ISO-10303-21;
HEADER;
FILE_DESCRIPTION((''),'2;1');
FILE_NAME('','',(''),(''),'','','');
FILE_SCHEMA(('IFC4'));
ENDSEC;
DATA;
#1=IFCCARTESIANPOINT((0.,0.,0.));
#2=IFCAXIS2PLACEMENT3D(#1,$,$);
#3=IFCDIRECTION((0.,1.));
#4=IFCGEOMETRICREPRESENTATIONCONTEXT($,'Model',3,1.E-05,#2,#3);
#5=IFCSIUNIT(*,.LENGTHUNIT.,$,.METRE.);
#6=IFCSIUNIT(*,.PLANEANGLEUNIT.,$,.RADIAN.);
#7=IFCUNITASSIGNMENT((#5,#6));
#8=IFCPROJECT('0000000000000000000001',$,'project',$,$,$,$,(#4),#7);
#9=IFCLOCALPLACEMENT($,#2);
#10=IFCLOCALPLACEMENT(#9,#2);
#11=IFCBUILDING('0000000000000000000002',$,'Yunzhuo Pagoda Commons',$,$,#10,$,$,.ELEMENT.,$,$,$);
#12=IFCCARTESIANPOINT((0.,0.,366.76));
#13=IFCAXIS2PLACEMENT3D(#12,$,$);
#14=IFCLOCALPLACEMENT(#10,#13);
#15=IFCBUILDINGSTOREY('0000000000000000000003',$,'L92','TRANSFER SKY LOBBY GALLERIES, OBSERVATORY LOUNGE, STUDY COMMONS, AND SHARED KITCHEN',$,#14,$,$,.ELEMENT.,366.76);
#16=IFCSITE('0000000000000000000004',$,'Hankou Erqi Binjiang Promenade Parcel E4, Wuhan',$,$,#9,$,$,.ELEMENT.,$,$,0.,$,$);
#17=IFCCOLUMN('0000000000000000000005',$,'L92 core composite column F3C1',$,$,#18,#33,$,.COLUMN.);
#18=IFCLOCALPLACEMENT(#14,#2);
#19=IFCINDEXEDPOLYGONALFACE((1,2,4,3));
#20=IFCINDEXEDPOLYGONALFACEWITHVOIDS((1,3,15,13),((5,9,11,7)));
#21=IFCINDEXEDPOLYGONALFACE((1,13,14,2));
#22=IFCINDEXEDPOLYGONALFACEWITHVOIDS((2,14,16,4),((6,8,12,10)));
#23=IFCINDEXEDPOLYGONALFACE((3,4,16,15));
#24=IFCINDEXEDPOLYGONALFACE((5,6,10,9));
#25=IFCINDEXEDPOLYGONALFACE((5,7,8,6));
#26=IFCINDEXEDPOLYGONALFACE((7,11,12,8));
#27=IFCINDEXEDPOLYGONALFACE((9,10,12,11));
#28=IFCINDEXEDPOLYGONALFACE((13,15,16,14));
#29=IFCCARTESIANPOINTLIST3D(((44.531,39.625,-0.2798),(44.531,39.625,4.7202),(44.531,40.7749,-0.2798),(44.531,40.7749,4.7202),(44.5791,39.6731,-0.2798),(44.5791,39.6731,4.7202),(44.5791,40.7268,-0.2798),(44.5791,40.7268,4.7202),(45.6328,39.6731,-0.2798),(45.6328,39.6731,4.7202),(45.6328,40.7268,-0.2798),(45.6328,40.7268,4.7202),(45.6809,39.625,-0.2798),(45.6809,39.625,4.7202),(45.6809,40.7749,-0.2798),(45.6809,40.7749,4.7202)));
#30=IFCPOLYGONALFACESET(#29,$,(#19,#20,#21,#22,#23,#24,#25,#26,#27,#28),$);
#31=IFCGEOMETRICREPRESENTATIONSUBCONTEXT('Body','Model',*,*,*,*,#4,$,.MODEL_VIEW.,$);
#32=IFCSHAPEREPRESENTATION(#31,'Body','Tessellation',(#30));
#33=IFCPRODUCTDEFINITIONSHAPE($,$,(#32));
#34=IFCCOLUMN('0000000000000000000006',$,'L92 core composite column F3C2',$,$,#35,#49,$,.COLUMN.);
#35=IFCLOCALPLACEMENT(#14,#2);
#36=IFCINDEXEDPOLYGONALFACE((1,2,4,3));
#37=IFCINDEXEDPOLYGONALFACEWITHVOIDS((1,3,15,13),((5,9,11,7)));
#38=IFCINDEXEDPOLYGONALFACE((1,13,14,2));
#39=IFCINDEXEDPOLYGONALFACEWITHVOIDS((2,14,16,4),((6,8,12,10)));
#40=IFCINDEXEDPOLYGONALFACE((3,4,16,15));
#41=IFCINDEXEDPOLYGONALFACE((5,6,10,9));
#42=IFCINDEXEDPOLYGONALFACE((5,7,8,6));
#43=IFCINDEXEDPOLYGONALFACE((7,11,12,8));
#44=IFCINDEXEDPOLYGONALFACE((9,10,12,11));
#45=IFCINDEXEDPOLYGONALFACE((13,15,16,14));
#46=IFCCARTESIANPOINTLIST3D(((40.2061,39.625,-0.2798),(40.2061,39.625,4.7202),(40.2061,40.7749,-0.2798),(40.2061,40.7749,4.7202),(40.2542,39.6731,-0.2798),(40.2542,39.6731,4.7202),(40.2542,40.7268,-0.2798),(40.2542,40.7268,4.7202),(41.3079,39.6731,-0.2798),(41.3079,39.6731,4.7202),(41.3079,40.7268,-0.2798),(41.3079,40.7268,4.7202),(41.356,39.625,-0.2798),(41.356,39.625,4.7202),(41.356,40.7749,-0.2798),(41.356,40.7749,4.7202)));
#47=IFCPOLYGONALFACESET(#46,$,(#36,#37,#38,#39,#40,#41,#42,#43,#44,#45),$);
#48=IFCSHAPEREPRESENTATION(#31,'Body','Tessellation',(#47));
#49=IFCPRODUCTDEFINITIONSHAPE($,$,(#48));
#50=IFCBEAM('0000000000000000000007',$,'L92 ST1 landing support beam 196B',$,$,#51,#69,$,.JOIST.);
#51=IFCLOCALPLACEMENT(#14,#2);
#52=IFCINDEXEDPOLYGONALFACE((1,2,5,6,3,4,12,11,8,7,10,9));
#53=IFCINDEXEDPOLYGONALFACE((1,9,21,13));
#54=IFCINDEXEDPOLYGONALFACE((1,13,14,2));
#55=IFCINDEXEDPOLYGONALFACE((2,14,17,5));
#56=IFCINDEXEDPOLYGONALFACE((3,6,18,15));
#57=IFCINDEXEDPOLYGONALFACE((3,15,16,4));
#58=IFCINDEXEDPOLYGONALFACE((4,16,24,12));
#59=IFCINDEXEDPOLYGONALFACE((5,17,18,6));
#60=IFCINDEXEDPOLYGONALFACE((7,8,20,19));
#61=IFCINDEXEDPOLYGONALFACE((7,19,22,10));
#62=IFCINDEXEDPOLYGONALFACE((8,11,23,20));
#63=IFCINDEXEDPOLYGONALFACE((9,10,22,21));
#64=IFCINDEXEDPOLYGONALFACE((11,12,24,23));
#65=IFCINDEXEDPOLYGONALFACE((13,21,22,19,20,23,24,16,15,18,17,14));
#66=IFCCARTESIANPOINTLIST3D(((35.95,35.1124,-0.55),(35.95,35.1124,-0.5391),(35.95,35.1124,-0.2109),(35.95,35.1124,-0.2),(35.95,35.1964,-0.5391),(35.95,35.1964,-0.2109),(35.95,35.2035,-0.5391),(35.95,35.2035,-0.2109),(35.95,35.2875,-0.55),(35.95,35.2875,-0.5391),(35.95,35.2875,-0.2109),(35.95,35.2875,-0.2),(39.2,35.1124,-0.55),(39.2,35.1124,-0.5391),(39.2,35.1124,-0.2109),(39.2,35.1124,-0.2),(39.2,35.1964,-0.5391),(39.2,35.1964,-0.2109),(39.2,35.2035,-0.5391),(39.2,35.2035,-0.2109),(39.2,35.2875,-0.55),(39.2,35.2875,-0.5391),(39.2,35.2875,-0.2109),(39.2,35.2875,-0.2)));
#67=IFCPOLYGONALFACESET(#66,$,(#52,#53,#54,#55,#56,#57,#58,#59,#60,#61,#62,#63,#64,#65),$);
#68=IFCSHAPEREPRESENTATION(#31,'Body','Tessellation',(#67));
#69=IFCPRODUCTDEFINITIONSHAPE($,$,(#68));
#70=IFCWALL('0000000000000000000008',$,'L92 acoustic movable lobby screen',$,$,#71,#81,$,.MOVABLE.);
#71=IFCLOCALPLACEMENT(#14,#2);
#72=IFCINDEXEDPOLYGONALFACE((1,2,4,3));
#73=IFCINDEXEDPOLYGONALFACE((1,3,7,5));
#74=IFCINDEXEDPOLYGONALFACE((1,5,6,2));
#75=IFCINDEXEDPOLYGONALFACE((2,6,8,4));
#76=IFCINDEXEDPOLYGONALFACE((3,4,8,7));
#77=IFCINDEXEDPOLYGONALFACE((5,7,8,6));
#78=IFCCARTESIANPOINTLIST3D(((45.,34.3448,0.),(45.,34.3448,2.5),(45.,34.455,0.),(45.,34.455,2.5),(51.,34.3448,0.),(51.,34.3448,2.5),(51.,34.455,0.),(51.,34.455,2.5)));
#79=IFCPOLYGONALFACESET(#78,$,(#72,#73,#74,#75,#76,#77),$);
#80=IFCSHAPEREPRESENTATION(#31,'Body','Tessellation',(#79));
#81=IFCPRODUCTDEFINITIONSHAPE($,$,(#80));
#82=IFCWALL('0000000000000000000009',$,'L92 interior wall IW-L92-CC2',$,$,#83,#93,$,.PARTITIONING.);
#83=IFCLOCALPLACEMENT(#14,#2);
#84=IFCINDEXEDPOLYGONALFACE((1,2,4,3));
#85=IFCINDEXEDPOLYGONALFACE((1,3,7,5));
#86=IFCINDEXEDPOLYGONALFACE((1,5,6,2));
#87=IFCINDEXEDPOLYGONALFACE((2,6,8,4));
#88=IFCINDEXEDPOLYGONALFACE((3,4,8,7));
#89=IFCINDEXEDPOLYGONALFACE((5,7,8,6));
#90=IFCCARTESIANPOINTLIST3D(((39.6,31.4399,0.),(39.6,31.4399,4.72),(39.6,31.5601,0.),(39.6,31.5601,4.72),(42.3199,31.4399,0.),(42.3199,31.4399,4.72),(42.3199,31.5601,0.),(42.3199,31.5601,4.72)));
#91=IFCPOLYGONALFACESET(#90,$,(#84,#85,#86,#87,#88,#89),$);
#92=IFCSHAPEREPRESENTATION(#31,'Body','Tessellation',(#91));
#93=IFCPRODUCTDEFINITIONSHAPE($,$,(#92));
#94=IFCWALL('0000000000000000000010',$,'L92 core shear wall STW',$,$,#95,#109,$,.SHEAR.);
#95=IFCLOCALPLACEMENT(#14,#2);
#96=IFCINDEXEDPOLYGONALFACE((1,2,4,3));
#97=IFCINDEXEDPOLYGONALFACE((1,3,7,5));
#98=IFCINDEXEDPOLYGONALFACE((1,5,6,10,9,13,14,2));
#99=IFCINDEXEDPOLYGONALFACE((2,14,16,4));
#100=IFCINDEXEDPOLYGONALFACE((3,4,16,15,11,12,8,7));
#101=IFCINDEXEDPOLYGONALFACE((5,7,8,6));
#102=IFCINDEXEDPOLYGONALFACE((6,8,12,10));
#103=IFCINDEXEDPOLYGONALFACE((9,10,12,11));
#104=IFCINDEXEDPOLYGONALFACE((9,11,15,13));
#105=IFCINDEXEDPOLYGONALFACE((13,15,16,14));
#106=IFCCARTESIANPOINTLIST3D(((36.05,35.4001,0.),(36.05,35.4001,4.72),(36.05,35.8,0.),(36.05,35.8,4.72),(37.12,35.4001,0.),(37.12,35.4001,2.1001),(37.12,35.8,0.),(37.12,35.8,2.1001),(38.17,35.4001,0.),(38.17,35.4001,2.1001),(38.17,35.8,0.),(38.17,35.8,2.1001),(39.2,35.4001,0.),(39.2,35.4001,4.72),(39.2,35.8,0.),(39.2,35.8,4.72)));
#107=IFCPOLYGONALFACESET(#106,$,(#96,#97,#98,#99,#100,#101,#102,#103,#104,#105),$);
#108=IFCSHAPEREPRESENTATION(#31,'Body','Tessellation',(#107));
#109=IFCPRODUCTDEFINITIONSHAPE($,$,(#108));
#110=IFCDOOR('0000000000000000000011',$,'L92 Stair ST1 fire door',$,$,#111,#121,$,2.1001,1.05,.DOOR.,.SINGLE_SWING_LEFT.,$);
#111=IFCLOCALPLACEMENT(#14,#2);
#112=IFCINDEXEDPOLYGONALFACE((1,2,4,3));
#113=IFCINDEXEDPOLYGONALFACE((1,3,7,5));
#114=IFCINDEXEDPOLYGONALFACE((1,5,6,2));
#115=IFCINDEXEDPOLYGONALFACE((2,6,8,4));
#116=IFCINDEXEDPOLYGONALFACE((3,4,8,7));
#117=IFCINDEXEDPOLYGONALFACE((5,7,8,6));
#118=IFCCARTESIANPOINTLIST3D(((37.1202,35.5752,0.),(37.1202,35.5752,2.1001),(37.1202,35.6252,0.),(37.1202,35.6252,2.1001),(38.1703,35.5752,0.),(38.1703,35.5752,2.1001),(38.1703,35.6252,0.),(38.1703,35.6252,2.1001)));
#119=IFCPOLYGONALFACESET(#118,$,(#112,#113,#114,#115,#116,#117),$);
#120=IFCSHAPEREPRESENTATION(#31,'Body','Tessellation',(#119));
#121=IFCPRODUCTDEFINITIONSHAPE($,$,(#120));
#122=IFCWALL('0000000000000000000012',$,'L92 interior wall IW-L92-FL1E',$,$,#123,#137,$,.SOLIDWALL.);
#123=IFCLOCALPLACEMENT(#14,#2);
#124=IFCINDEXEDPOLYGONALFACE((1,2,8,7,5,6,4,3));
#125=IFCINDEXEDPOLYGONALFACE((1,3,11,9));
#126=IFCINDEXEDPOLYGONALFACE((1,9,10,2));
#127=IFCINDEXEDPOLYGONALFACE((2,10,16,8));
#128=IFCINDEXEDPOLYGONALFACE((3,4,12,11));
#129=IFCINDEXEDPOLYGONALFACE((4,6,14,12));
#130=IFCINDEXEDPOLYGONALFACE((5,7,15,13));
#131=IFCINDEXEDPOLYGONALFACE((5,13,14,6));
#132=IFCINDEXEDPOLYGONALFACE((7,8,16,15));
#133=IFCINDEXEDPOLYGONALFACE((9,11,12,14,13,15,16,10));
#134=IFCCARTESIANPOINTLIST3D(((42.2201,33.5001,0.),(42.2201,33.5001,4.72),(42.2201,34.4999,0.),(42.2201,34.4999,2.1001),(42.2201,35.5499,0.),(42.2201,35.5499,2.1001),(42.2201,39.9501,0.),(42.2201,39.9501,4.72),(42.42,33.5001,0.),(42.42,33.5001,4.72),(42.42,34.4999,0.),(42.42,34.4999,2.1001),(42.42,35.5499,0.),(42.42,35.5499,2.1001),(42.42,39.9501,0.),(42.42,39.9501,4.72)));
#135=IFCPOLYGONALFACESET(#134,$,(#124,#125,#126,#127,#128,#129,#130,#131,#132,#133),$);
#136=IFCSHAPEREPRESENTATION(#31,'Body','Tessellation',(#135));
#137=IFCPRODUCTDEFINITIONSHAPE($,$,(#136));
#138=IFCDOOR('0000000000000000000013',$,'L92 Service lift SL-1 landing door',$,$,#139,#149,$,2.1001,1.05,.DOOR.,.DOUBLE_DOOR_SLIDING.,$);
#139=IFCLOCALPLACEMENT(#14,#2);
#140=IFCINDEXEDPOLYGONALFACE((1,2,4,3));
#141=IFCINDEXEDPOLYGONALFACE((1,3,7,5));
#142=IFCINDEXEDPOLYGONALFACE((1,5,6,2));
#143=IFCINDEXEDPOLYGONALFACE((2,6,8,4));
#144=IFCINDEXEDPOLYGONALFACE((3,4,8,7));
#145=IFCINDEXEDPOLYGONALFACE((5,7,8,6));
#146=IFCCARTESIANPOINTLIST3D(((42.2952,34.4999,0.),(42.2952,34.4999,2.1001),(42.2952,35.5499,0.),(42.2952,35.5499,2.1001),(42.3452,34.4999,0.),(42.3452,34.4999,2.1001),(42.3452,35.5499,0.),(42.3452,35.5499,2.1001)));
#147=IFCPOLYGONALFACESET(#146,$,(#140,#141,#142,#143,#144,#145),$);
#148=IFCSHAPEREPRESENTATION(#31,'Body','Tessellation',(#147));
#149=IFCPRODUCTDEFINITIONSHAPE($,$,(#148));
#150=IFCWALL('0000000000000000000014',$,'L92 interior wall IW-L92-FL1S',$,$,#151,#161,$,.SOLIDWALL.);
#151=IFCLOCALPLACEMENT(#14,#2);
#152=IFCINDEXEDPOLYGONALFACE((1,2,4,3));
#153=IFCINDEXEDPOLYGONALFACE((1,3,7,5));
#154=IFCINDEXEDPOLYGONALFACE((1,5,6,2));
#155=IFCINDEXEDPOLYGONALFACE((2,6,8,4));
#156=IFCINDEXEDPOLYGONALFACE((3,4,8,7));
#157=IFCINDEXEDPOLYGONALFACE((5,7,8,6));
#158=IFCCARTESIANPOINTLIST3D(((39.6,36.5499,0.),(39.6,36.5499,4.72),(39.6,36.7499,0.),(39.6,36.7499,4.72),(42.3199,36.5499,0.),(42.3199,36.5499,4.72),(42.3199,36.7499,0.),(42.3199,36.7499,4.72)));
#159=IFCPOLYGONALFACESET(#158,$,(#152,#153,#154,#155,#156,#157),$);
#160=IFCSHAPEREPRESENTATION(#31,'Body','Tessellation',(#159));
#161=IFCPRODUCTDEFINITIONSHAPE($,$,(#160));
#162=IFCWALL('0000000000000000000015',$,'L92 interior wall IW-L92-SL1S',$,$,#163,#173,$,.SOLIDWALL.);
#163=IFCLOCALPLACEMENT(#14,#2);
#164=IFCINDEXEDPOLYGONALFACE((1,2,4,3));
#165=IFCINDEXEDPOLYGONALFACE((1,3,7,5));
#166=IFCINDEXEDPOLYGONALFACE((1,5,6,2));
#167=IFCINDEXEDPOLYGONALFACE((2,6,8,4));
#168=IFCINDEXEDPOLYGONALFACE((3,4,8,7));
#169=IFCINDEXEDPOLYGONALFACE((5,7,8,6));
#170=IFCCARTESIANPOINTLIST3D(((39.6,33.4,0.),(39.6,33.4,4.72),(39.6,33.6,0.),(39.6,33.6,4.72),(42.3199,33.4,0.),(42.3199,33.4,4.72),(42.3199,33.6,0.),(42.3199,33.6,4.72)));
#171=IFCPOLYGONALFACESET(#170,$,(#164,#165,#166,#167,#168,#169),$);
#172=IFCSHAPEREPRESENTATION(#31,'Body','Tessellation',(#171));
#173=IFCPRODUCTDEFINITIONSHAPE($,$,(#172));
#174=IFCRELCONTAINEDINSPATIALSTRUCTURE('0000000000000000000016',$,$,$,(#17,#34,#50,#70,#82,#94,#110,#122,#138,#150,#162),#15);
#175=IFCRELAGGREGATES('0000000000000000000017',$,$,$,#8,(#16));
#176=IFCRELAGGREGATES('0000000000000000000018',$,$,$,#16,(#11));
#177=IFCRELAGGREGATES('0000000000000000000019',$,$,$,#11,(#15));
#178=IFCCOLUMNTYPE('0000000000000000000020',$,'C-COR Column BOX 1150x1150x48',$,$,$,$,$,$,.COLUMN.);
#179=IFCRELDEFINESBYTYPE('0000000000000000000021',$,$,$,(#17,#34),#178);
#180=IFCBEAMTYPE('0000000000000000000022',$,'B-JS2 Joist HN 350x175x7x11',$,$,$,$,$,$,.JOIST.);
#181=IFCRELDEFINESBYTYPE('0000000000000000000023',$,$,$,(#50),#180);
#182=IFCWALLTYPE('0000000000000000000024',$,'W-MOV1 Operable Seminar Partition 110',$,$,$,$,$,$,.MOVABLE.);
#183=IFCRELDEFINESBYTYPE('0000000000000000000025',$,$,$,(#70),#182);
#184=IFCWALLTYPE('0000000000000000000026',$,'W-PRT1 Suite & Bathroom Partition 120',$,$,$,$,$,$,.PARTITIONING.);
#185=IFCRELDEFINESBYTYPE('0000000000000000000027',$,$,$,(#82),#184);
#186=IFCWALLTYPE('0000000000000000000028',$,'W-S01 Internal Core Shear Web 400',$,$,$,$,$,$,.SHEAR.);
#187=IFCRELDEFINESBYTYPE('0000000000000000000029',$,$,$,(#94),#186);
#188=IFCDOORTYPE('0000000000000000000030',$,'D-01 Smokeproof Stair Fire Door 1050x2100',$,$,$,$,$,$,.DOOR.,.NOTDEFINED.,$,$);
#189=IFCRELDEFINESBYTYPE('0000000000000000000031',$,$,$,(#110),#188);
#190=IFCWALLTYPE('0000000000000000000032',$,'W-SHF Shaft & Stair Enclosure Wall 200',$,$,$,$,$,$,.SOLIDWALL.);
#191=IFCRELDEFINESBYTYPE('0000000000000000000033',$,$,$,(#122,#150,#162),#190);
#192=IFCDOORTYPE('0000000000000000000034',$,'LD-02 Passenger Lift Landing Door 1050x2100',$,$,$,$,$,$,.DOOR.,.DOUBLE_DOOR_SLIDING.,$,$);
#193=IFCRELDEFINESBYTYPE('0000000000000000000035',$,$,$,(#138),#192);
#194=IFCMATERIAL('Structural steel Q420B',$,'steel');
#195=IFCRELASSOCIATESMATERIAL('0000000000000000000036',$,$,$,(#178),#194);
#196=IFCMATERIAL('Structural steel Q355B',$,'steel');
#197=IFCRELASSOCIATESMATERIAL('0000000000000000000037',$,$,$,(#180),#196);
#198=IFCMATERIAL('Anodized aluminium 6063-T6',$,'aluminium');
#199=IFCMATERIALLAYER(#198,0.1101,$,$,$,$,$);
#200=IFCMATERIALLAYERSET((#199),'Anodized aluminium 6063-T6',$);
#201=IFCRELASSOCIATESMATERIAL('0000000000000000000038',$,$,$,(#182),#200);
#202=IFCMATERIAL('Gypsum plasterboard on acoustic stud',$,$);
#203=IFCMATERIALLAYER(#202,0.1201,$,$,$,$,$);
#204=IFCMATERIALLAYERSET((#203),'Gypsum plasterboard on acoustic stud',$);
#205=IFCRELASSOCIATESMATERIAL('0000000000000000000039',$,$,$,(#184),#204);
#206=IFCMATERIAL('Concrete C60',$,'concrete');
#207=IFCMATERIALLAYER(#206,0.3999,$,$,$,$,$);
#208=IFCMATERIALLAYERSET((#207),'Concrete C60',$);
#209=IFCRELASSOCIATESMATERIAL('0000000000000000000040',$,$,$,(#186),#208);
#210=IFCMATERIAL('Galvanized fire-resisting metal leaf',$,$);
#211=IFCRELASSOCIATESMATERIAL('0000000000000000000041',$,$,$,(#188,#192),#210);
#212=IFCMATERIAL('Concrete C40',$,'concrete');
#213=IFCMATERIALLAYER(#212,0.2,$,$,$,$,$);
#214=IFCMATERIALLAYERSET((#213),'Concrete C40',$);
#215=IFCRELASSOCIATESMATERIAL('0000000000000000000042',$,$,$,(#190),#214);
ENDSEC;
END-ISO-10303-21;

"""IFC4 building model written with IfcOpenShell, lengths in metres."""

from ifc_helpers import new_model, si_unit, direction, frame, frame_2d, origin, origin_with_axes, origin_2d, place, context, subcontext, project, spatial, rectangle, hollow_rectangle, i_section, extrude, source, transform, mapped, material, layer, layer_set, material_profile, profile_set, type_object, element, fill, save


model = new_model("IFC4")

# Units and contexts
model_context = context("Model", 3, precision=1e-05, world=origin(), true_north=direction((0.0, 1.0)))
body_context = subcontext(model_context, "Body", "Model", "MODEL_VIEW")
ifc_project = project(units=[si_unit("LENGTHUNIT", "METRE"), si_unit("PLANEANGLEUNIT", "RADIAN")], contexts=[model_context])

# Site, building, storey
site_placement = place(None, origin())
site = spatial("IfcSite", under=ifc_project, at=site_placement, Name="Hankou Erqi Binjiang Promenade Parcel E4, Wuhan", CompositionType="ELEMENT", RefElevation=0.0)
building_placement = place(site_placement, origin())
building = spatial("IfcBuilding", under=site, at=building_placement, Name="Yunzhuo Pagoda Commons", CompositionType="ELEMENT")
storey_placement = place(building_placement, frame((0.0, 0.0, 366.76)))
storey = spatial("IfcBuildingStorey", under=building, at=storey_placement, Name="L92", Description="TRANSFER SKY LOBBY GALLERIES, OBSERVATORY LOUNGE, STUDY COMMONS, AND SHARED KITCHEN", CompositionType="ELEMENT", Elevation=366.76)

# Columns
ifc_material_1 = material(Name="Structural steel Q420B", Category="steel")
ifc_material_profile_1 = material_profile(ifc_material_1, hollow_rectangle(XDim=1.1499, YDim=1.1499, WallThickness=0.0481, at=origin_2d()), Name="Structural steel Q420B")
ifc_profile_set_1 = profile_set([ifc_material_profile_1], Name="Structural steel Q420B")
column_type = type_object("IfcColumnType", Name="C-COR Column BOX 1150x1150x48", PredefinedType="COLUMN", material=ifc_profile_set_1)
shared_shape_1 = source(origin(), body_context, "Body", "SweptSolid", [
    extrude(hollow_rectangle(XDim=1.1499, YDim=1.1499, WallThickness=0.0481, at=origin_2d()), origin(), (0.0, 0.0, 1.0), 5.0),
])
for number, where, z_axis, x_axis, name in (
    (1, (45.106, 40.2, -0.2798), (0.0, 0.0, 1.0), (1.0, 0.0, 0.0), "L92 core composite column F3C1"),
    (2, (40.781, 40.2, -0.2798), (0.0, 0.0, 1.0), (1.0, 0.0, 0.0), "L92 core composite column F3C2"),
):
    element("IfcColumn", number, at=place(storey_placement, frame(where, z_axis=z_axis, x_axis=x_axis)), inside=storey, type_object=column_type, Name=name, PredefinedType="COLUMN", context=body_context, shape_type="MappedRepresentation", body=[
        mapped(shared_shape_1, transform((0.0, 0.0, 0.0), scale=1.0)),
    ])

# Beam
ifc_material_2 = material(Name="Structural steel Q355B", Category="steel")
ifc_material_profile_2 = material_profile(ifc_material_2, i_section(OverallWidth=0.175, OverallDepth=0.3501, WebThickness=0.0071, FlangeThickness=0.011, at=origin_2d()), Name="Structural steel Q355B")
ifc_profile_set_2 = profile_set([ifc_material_profile_2], Name="Structural steel Q355B")
beam_type = type_object("IfcBeamType", Name="B-JS2 Joist HN 350x175x7x11", PredefinedType="JOIST", material=ifc_profile_set_2)
shared_shape_2 = source(origin(), body_context, "Body", "SweptSolid", [
    extrude(i_section(OverallWidth=0.175, OverallDepth=0.3501, WebThickness=0.0071, FlangeThickness=0.011, at=origin_2d()), origin(), (0.0, 0.0, 1.0), 3.25),
])
beam_placement = place(storey_placement, frame((35.95, 35.2, -0.375), z_axis=(1.0, 0.0, 0.0), x_axis=(0.0, 1.0, 0.0)))
element("IfcBeam", 3, at=beam_placement, inside=storey, type_object=beam_type, Name="L92 ST1 landing support beam 196B", PredefinedType="JOIST", context=body_context, shape_type="MappedRepresentation", body=[
    mapped(shared_shape_2, transform((0.0, 0.0, 0.0), scale=1.0)),
])

# Walls
ifc_material_3 = material(Name="Anodized aluminium 6063-T6", Category="aluminium")
ifc_layer_1 = layer(ifc_material_3, 0.1101)
ifc_layer_set_1 = layer_set([ifc_layer_1], Name="Anodized aluminium 6063-T6")
wall_type_1 = type_object("IfcWallType", Name="W-MOV1 Operable Seminar Partition 110", PredefinedType="MOVABLE", material=ifc_layer_set_1)
wall_1_placement = place(storey_placement, frame((45.0, 34.3999, 0.0), z_axis=(0.0, 0.0, 1.0), x_axis=(1.0, 0.0, 0.0)))
element("IfcWall", 4, at=wall_1_placement, inside=storey, type_object=wall_type_1, Name="L92 acoustic movable lobby screen", PredefinedType="MOVABLE", context=body_context, shape_type="SweptSolid", body=[
    extrude(rectangle(XDim=6.0, YDim=0.1101, at=frame_2d((3.0, 0.0))), origin(), (0.0, 0.0, 1.0), 2.5),
])
ifc_material_4 = material(Name="Gypsum plasterboard on acoustic stud")
ifc_layer_2 = layer(ifc_material_4, 0.1201)
ifc_layer_set_2 = layer_set([ifc_layer_2], Name="Gypsum plasterboard on acoustic stud")
wall_type_2 = type_object("IfcWallType", Name="W-PRT1 Suite & Bathroom Partition 120", PredefinedType="PARTITIONING", material=ifc_layer_set_2)
wall_2_placement = place(storey_placement, frame((39.6001, 31.5, 0.0), z_axis=(0.0, 0.0, 1.0), x_axis=(1.0, 0.0, 0.0)))
element("IfcWall", 5, at=wall_2_placement, inside=storey, type_object=wall_type_2, Name="L92 interior wall IW-L92-CC2", PredefinedType="PARTITIONING", context=body_context, shape_type="SweptSolid", body=[
    extrude(rectangle(XDim=2.72, YDim=0.1201, at=frame_2d((1.3599, 0.0))), origin(), (0.0, 0.0, 1.0), 4.72),
])

# Walls, openings, doors
ifc_material_5 = material(Name="Concrete C60", Category="concrete")
ifc_layer_3 = layer(ifc_material_5, 0.3999)
ifc_layer_set_3 = layer_set([ifc_layer_3], Name="Concrete C60")
wall_type_3 = type_object("IfcWallType", Name="W-S01 Internal Core Shear Web 400", PredefinedType="SHEAR", material=ifc_layer_set_3)
wall_3_placement = place(storey_placement, frame((36.05, 35.6001, 0.0), z_axis=(0.0, 0.0, 1.0), x_axis=(1.0, 0.0, 0.0)))
wall_3 = element("IfcWall", 6, at=wall_3_placement, inside=storey, type_object=wall_type_3, Name="L92 core shear wall STW", PredefinedType="SHEAR", context=body_context, shape_type="SweptSolid", body=[
    extrude(rectangle(XDim=3.1499, YDim=0.3999, at=frame_2d((1.575, 0.0))), origin(), (0.0, 0.0, 1.0), 4.72),
])
opening_1_placement = place(wall_3_placement, frame((1.0701, 0.0, 0.0)))
opening_1 = element("IfcOpeningElement", 7, at=opening_1_placement, cuts=wall_3, PredefinedType="OPENING", context=body_context, shape_type="SweptSolid", body=[
    extrude(rectangle(XDim=1.05, YDim=2.1001, at=frame_2d((0.5249, 1.05))), frame((0.0, 0.21, 0.0), z_axis=(0.0, -1.0, 0.0), x_axis=(1.0, 0.0, 0.0)), (0.0, 0.0, 1.0), 0.4199),
])
ifc_material_6 = material(Name="Galvanized fire-resisting metal leaf")
door_type_1 = type_object("IfcDoorType", Name="D-01 Smokeproof Stair Fire Door 1050x2100", OperationType="NOTDEFINED", PredefinedType="DOOR", material=ifc_material_6)
shared_shape_3 = source(origin(), body_context, "Body", "SweptSolid", [
    extrude(rectangle(XDim=1.05, YDim=2.1001, at=frame_2d((0.5249, 1.05))), frame((0.0, 0.0249, 0.0), z_axis=(0.0, -1.0, 0.0), x_axis=(1.0, 0.0, 0.0)), (0.0, 0.0, 1.0), 0.05),
])
door_1_placement = place(opening_1_placement, frame((1.05, 0.0, 0.0), z_axis=(0.0, 0.0, 1.0), x_axis=(-1.0, 0.0, 0.0)))
door_1 = element("IfcDoor", 8, at=door_1_placement, inside=storey, type_object=door_type_1, Name="L92 Stair ST1 fire door", OperationType="SINGLE_SWING_LEFT", OverallHeight=2.1001, OverallWidth=1.05, PredefinedType="DOOR", context=body_context, shape_type="MappedRepresentation", body=[
    mapped(shared_shape_3, transform((0.0, 0.0, 0.0), scale=1.0)),
])
fill(opening_1, door_1)
ifc_material_7 = material(Name="Concrete C40", Category="concrete")
ifc_layer_4 = layer(ifc_material_7, 0.2)
ifc_layer_set_4 = layer_set([ifc_layer_4], Name="Concrete C40")
wall_type_4 = type_object("IfcWallType", Name="W-SHF Shaft & Stair Enclosure Wall 200", PredefinedType="SOLIDWALL", material=ifc_layer_set_4)
wall_4_placement = place(storey_placement, frame((42.3201, 33.5, 0.0), z_axis=(0.0, 0.0, 1.0), x_axis=(0.0, 1.0, 0.0)))
wall_4 = element("IfcWall", 9, at=wall_4_placement, inside=storey, type_object=wall_type_4, Name="L92 interior wall IW-L92-FL1E", PredefinedType="SOLIDWALL", context=body_context, shape_type="SweptSolid", body=[
    extrude(rectangle(XDim=6.45, YDim=0.2, at=frame_2d((3.2251, 0.0))), origin(), (0.0, 0.0, 1.0), 4.72),
])
opening_2_placement = place(wall_4_placement, frame((1.0, 0.0, 0.0)))
opening_2 = element("IfcOpeningElement", 10, at=opening_2_placement, cuts=wall_4, PredefinedType="OPENING", context=body_context, shape_type="SweptSolid", body=[
    extrude(rectangle(XDim=1.05, YDim=2.1001, at=frame_2d((0.5249, 1.05))), frame((0.0, 0.1099, 0.0), z_axis=(0.0, -1.0, 0.0), x_axis=(1.0, 0.0, 0.0)), (0.0, 0.0, 1.0), 0.22),
])
door_type_2 = type_object("IfcDoorType", Name="LD-02 Passenger Lift Landing Door 1050x2100", OperationType="DOUBLE_DOOR_SLIDING", PredefinedType="DOOR", material=ifc_material_6)
door_2_placement = place(opening_2_placement, origin_with_axes())
door_2 = element("IfcDoor", 11, at=door_2_placement, inside=storey, type_object=door_type_2, Name="L92 Service lift SL-1 landing door", OperationType="DOUBLE_DOOR_SLIDING", OverallHeight=2.1001, OverallWidth=1.05, PredefinedType="DOOR", context=body_context, shape_type="MappedRepresentation", body=[
    mapped(shared_shape_3, transform((0.0, 0.0, 0.0), scale=1.0)),
])
fill(opening_2, door_2)

# Walls
for number, where, z_axis, x_axis, name in (
    (12, (39.6001, 36.6499, 0.0), (0.0, 0.0, 1.0), (1.0, 0.0, 0.0), "L92 interior wall IW-L92-FL1S"),
    (13, (39.6001, 33.5, 0.0), (0.0, 0.0, 1.0), (1.0, 0.0, 0.0), "L92 interior wall IW-L92-SL1S"),
):
    element("IfcWall", number, at=place(storey_placement, frame(where, z_axis=z_axis, x_axis=x_axis)), inside=storey, type_object=wall_type_4, Name=name, PredefinedType="SOLIDWALL", context=body_context, shape_type="SweptSolid", body=[
        extrude(rectangle(XDim=2.72, YDim=0.2, at=frame_2d((1.3599, 0.0))), origin(), (0.0, 0.0, 1.0), 4.72),
    ])

save(model, "model.ifc")
